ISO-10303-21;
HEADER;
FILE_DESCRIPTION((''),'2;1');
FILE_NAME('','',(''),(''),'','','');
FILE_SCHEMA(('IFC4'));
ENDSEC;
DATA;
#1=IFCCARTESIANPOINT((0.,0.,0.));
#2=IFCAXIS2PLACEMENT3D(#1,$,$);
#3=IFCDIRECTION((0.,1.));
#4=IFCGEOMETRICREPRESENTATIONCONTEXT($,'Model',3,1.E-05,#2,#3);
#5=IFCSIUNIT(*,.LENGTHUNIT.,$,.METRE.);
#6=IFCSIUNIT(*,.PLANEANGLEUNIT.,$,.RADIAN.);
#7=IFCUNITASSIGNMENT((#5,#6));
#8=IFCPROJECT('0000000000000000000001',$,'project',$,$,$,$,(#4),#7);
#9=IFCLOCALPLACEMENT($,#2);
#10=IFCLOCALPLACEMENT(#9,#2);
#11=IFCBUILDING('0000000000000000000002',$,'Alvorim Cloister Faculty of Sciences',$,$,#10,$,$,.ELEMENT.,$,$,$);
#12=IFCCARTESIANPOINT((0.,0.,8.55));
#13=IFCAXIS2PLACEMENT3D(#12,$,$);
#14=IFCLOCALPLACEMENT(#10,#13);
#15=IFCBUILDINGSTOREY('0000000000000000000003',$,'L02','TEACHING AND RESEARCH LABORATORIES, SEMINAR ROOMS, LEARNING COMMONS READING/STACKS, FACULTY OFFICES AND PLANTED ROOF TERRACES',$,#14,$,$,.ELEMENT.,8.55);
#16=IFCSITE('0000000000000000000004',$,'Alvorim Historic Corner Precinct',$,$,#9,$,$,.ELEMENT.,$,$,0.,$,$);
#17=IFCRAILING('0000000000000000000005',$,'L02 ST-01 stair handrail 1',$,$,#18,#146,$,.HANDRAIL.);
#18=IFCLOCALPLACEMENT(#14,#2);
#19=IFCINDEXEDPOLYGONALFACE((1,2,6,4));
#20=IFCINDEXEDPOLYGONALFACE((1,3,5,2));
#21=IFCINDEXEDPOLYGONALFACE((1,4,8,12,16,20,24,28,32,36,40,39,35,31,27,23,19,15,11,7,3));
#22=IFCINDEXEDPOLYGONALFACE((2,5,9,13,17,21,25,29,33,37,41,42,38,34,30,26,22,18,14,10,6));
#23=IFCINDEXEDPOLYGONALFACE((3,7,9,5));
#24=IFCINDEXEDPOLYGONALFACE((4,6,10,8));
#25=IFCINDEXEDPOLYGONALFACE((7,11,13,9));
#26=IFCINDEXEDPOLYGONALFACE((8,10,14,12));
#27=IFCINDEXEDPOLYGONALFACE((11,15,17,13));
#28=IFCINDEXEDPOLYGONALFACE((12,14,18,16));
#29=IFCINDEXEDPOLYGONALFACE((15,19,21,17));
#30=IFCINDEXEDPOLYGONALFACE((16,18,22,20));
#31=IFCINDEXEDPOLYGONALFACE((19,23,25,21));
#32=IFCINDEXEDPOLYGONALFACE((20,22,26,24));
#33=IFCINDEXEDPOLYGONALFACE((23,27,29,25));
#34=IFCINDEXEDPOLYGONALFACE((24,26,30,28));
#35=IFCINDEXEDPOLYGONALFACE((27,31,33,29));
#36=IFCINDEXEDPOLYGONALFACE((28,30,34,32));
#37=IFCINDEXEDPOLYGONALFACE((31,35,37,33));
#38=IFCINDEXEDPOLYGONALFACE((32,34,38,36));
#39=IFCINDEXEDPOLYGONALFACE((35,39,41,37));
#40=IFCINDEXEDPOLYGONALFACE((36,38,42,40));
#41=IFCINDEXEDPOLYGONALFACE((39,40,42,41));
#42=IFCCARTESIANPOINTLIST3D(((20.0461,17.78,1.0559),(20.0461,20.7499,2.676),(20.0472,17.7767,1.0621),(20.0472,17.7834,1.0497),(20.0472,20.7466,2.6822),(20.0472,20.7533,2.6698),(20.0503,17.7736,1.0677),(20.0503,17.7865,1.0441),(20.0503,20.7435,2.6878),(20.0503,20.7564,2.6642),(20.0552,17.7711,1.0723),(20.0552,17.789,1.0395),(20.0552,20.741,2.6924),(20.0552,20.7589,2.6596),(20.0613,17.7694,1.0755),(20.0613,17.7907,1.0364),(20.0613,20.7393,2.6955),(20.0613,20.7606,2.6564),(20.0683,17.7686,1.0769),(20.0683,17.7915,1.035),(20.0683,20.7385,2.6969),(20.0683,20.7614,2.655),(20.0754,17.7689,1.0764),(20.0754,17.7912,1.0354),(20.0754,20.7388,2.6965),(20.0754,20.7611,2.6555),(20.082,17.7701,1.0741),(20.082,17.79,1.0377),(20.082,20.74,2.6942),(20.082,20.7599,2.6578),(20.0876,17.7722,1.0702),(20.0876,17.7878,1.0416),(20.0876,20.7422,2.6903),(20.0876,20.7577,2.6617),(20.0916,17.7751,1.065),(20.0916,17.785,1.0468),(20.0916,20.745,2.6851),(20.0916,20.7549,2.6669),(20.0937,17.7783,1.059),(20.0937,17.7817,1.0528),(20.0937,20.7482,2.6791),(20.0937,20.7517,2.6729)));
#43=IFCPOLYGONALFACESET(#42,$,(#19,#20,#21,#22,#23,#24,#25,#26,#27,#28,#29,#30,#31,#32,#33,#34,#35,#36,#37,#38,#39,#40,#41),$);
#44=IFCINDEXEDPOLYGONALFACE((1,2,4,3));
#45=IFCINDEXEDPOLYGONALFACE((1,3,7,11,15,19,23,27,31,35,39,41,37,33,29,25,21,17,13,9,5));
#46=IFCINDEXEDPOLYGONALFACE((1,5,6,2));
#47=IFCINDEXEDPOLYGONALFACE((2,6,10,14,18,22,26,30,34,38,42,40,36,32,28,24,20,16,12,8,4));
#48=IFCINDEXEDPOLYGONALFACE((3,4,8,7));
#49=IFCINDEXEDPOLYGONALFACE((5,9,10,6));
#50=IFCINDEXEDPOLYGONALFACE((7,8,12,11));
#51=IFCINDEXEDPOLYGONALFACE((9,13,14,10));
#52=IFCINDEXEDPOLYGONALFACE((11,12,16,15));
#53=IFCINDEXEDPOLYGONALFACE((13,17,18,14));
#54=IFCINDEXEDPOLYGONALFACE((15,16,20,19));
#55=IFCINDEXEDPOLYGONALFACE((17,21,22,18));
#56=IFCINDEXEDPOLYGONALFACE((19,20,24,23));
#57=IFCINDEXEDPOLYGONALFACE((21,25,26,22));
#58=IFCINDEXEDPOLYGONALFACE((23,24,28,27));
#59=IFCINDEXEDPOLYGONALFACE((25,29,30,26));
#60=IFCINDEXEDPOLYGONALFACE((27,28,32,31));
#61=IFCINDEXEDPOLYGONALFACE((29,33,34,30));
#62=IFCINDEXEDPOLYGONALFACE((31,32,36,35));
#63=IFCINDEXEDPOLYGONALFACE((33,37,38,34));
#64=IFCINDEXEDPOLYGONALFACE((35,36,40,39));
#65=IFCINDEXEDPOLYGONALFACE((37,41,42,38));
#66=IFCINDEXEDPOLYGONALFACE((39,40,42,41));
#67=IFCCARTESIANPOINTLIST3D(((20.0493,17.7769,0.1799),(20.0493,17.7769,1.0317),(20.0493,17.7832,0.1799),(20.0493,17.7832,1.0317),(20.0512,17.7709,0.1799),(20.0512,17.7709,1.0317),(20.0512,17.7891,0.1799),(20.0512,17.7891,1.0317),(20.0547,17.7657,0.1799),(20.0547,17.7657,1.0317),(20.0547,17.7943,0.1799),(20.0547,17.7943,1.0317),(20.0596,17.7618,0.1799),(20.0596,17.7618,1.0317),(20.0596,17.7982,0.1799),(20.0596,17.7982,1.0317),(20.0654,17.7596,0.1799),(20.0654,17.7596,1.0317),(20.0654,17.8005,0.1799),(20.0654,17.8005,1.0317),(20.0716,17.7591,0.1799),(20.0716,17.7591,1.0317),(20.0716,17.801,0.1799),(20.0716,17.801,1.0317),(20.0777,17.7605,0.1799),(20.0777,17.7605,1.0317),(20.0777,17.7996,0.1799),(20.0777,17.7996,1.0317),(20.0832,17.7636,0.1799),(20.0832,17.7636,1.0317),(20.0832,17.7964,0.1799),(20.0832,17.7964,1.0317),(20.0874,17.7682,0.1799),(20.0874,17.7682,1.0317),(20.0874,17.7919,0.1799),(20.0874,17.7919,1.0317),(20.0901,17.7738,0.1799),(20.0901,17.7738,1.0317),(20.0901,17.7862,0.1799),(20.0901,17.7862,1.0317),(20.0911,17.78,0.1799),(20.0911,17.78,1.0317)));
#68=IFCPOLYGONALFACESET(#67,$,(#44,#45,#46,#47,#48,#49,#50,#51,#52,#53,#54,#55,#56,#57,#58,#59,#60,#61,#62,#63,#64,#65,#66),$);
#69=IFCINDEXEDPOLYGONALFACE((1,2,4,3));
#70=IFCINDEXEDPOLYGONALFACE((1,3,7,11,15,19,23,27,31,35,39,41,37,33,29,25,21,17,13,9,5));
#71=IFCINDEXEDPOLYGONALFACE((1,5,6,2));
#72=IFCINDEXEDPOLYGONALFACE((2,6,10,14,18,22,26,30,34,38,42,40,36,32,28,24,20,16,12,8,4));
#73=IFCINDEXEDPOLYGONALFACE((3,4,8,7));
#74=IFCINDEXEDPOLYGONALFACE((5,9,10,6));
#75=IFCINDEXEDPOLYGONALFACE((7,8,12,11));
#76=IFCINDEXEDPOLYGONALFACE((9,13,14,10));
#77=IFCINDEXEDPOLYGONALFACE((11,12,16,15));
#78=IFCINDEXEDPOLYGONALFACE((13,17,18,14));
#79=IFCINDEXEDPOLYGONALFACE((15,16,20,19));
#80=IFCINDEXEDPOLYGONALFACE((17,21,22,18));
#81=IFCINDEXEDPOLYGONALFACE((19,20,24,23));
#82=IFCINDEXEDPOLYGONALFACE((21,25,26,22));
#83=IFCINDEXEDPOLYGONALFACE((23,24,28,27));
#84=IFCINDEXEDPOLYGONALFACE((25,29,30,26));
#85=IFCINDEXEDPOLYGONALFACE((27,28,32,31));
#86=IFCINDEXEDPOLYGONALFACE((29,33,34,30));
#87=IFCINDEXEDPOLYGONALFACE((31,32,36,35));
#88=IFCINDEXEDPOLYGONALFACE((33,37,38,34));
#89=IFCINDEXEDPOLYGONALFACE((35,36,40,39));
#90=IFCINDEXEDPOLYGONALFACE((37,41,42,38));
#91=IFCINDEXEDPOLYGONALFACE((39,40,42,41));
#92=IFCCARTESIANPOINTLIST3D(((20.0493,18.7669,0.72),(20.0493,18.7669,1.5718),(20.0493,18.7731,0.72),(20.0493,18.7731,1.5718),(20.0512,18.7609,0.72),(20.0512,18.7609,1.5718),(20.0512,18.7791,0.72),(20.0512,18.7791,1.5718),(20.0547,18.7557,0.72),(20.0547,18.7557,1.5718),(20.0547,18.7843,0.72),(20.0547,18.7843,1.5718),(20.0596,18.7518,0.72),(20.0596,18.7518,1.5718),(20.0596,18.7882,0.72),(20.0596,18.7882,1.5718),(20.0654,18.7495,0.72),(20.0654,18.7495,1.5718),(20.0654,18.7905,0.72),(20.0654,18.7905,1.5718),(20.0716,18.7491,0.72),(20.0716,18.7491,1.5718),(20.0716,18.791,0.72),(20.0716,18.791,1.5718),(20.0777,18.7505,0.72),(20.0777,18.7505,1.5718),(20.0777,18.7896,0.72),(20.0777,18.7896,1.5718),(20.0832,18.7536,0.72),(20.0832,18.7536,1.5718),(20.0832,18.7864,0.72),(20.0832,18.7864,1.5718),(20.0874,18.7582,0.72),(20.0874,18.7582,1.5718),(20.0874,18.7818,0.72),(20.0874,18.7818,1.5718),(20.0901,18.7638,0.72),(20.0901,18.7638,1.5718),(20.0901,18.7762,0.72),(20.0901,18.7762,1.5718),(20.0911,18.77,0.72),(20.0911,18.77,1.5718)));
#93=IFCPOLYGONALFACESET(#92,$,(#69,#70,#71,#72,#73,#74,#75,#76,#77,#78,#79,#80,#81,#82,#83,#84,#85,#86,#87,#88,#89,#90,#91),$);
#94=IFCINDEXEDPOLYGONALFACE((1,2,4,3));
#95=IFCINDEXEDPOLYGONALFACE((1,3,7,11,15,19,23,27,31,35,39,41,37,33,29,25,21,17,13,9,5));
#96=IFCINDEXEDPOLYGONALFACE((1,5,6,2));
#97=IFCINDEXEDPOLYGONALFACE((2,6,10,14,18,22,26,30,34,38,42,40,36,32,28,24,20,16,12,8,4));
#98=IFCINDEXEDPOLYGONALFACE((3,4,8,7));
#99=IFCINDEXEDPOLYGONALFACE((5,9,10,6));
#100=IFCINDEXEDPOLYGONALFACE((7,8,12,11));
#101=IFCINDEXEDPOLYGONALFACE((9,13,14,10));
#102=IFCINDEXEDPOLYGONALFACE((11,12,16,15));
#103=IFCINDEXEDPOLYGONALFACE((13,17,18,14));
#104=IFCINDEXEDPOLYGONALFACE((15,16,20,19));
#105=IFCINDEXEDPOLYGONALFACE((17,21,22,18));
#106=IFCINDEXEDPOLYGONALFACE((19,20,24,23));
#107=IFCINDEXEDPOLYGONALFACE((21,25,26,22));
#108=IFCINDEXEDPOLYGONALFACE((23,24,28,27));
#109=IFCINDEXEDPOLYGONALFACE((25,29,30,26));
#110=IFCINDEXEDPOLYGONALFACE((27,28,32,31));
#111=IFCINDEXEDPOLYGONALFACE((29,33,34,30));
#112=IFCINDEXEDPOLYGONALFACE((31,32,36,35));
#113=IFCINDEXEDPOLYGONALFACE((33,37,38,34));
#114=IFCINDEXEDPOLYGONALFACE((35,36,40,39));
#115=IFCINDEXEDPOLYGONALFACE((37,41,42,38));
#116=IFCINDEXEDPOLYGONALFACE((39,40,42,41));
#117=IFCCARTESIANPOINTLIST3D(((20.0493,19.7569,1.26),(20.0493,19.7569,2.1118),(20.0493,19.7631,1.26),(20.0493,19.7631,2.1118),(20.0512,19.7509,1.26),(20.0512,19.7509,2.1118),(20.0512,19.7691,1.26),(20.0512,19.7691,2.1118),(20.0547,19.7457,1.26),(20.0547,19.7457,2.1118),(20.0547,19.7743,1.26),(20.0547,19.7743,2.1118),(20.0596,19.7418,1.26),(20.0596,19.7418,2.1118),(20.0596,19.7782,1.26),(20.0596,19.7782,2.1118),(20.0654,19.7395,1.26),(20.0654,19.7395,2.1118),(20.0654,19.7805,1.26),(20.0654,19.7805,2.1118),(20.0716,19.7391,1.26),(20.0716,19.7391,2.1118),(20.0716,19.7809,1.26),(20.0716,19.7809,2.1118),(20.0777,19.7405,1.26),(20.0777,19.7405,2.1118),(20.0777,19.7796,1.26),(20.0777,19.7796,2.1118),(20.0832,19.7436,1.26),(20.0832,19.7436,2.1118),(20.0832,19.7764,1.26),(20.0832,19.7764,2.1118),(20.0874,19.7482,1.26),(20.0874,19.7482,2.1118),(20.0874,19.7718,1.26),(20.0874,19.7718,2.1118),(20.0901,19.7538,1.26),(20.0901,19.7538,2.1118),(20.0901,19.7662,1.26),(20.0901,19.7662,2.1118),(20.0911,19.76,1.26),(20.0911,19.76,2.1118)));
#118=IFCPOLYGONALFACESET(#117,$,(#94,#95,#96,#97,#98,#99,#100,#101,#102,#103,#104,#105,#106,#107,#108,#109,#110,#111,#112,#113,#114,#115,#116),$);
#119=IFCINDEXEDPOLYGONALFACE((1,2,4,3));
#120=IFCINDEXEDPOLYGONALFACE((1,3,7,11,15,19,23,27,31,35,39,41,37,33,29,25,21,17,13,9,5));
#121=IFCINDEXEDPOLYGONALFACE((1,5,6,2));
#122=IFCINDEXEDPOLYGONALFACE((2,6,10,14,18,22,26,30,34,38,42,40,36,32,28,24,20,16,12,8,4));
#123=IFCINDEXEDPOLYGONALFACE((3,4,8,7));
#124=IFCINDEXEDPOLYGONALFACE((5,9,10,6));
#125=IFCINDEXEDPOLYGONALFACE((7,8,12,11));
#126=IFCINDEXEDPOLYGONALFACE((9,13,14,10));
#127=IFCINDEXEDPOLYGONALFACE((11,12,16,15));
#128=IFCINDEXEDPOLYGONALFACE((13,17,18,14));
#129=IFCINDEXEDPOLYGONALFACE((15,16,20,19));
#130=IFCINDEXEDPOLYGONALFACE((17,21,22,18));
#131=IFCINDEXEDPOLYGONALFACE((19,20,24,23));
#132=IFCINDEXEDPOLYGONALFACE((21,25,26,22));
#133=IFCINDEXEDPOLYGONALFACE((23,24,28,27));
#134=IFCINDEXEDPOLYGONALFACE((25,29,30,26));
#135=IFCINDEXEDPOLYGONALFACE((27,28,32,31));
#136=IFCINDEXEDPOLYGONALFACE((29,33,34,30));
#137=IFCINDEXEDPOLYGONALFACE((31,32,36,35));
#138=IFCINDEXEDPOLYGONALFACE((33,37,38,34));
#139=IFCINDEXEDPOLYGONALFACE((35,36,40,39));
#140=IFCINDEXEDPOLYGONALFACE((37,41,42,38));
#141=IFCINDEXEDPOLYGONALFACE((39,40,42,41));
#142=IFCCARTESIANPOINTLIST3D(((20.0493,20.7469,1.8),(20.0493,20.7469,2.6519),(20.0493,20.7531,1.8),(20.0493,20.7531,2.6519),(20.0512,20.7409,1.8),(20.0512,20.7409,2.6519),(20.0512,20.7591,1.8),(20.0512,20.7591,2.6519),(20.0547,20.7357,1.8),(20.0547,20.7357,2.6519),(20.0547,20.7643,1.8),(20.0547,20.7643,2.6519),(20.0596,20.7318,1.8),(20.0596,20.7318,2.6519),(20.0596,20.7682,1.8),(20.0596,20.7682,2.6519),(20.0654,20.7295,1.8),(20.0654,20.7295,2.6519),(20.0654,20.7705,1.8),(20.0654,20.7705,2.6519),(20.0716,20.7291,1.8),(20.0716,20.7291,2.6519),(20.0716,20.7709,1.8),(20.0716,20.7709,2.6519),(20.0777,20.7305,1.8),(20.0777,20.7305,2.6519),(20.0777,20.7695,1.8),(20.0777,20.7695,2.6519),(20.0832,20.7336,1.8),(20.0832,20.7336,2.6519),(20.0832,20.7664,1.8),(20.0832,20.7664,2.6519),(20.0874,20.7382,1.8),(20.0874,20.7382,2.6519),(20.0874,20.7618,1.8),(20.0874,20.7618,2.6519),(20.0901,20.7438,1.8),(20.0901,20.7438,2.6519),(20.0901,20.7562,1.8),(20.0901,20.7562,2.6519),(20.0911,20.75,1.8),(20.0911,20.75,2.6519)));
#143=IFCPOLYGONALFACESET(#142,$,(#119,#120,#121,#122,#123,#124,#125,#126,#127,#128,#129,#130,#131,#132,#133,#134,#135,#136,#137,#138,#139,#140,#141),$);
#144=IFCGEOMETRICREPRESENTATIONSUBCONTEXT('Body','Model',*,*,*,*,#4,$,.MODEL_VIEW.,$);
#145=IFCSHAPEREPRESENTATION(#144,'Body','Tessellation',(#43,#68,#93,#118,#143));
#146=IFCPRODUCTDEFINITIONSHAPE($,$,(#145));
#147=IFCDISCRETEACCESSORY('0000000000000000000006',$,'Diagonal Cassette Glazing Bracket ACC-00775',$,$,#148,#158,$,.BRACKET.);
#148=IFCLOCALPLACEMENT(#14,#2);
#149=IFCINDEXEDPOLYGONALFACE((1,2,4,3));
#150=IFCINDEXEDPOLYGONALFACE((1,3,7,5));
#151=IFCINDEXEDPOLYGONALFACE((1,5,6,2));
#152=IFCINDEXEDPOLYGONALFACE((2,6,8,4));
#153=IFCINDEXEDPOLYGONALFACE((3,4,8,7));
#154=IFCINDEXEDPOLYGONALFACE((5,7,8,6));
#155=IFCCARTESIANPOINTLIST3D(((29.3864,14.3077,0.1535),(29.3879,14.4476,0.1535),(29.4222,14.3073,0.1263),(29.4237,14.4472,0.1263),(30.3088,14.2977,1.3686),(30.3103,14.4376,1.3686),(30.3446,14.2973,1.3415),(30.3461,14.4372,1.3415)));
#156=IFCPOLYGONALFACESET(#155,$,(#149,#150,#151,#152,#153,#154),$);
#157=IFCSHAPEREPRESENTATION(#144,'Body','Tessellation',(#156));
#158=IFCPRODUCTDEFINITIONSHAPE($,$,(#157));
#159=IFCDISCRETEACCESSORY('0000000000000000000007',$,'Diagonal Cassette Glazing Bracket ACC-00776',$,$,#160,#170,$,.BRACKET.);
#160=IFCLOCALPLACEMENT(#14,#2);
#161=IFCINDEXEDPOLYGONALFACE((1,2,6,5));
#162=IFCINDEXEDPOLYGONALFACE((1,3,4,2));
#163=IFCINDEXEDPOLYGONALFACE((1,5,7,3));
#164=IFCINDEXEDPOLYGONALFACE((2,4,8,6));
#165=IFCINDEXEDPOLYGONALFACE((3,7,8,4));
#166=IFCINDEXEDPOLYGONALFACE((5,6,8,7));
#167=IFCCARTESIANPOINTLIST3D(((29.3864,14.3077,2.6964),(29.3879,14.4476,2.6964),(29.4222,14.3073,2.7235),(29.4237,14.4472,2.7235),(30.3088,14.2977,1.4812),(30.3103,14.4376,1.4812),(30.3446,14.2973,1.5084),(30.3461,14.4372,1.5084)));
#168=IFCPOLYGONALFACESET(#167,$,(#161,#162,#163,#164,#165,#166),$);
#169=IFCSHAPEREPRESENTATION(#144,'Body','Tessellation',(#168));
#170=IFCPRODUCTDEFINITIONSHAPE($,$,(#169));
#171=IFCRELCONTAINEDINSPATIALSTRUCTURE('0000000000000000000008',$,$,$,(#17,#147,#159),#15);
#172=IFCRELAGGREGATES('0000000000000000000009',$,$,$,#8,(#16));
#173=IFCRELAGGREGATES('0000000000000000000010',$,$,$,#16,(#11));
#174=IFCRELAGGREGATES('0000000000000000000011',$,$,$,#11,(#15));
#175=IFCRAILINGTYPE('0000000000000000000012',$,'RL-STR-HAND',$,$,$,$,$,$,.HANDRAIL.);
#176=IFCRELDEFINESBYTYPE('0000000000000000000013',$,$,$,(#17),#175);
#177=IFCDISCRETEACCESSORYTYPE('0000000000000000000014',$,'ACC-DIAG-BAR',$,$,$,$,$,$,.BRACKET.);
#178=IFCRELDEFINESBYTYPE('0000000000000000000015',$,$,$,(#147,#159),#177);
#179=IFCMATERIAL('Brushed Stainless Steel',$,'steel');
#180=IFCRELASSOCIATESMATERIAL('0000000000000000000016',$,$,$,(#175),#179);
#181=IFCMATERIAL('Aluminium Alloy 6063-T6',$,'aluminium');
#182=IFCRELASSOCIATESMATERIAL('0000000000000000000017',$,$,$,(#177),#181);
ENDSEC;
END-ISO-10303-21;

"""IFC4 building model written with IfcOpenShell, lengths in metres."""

from ifc_helpers import new_model, si_unit, direction, frame, origin, origin_2d, place, context, subcontext, project, spatial, rectangle, circle, extrude, material, type_object, element, save


model = new_model("IFC4")

# Units and contexts
model_context = context("Model", 3, precision=1e-05, world=origin(), true_north=direction((0.0, 1.0)))
body_context = subcontext(model_context, "Body", "Model", "MODEL_VIEW")
ifc_project = project(units=[si_unit("LENGTHUNIT", "METRE"), si_unit("PLANEANGLEUNIT", "RADIAN")], contexts=[model_context])

# Site, building, storey
site_placement = place(None, origin())
site = spatial("IfcSite", under=ifc_project, at=site_placement, Name="Alvorim Historic Corner Precinct", CompositionType="ELEMENT", RefElevation=0.0)
building_placement = place(site_placement, origin())
building = spatial("IfcBuilding", under=site, at=building_placement, Name="Alvorim Cloister Faculty of Sciences", CompositionType="ELEMENT")
storey_placement = place(building_placement, frame((0.0, 0.0, 8.55)))
storey = spatial("IfcBuildingStorey", under=building, at=storey_placement, Name="L02", Description="TEACHING AND RESEARCH LABORATORIES, SEMINAR ROOMS, LEARNING COMMONS READING/STACKS, FACULTY OFFICES AND PLANTED ROOF TERRACES", CompositionType="ELEMENT", Elevation=8.55)

# Railing
ifc_material_1 = material(Name="Brushed Stainless Steel", Category="steel")
railing_type = type_object("IfcRailingType", Name="RL-STR-HAND", PredefinedType="HANDRAIL", material=ifc_material_1)
railing_placement = place(storey_placement, frame((20.0701, 17.78, 0.1799)))
element("IfcRailing", 1, at=railing_placement, inside=storey, type_object=railing_type, Name="L02 ST-01 stair handrail 1", PredefinedType="HANDRAIL", context=body_context, shape_type="SweptSolid", body=[
    extrude(circle(Radius=0.0239, at=origin_2d()), frame((0.0, 0.0, 0.876), z_axis=(0.0, 0.877879, 0.478882), x_axis=(-1.0, 0.0, 0.0)), (0.0, 0.0, 1.0), 3.3831),
    extrude(circle(Radius=0.021, at=origin_2d()), origin(), (0.0, 0.0, 1.0), 0.8518),
    extrude(circle(Radius=0.021, at=origin_2d()), frame((0.0, 0.99, 0.54)), (0.0, 0.0, 1.0), 0.8518),
    extrude(circle(Radius=0.021, at=origin_2d()), frame((0.0, 1.98, 1.0801)), (0.0, 0.0, 1.0), 0.8518),
    extrude(circle(Radius=0.021, at=origin_2d()), frame((0.0, 2.97, 1.6201)), (0.0, 0.0, 1.0), 0.8518),
])

# Discrete accessories
ifc_material_2 = material(Name="Aluminium Alloy 6063-T6", Category="aluminium")
discrete_accessory_type = type_object("IfcDiscreteAccessoryType", Name="ACC-DIAG-BAR", PredefinedType="BRACKET", material=ifc_material_2)
for number, where, z_axis, x_axis, name in (
    (2, (29.405, 14.3774, 0.1399), (0.604612, -0.006561, 0.796493), (0.010852, 0.999941, 0.0), "Diagonal Cassette Glazing Bracket ACC-00775"),
    (3, (29.405, 14.3774, 2.71), (0.604612, -0.006561, -0.796493), (0.010852, 0.999941, 0.0), "Diagonal Cassette Glazing Bracket ACC-00776"),
):
    element("IfcDiscreteAccessory", number, at=place(storey_placement, frame(where, z_axis=z_axis, x_axis=x_axis)), inside=storey, type_object=discrete_accessory_type, Name=name, PredefinedType="BRACKET", context=body_context, shape_type="SweptSolid", body=[
        extrude(rectangle(XDim=0.1399, YDim=0.0449, at=origin_2d()), origin(), (0.0, 0.0, 1.0), 1.5256),
    ])

save(model, "model.ifc")
